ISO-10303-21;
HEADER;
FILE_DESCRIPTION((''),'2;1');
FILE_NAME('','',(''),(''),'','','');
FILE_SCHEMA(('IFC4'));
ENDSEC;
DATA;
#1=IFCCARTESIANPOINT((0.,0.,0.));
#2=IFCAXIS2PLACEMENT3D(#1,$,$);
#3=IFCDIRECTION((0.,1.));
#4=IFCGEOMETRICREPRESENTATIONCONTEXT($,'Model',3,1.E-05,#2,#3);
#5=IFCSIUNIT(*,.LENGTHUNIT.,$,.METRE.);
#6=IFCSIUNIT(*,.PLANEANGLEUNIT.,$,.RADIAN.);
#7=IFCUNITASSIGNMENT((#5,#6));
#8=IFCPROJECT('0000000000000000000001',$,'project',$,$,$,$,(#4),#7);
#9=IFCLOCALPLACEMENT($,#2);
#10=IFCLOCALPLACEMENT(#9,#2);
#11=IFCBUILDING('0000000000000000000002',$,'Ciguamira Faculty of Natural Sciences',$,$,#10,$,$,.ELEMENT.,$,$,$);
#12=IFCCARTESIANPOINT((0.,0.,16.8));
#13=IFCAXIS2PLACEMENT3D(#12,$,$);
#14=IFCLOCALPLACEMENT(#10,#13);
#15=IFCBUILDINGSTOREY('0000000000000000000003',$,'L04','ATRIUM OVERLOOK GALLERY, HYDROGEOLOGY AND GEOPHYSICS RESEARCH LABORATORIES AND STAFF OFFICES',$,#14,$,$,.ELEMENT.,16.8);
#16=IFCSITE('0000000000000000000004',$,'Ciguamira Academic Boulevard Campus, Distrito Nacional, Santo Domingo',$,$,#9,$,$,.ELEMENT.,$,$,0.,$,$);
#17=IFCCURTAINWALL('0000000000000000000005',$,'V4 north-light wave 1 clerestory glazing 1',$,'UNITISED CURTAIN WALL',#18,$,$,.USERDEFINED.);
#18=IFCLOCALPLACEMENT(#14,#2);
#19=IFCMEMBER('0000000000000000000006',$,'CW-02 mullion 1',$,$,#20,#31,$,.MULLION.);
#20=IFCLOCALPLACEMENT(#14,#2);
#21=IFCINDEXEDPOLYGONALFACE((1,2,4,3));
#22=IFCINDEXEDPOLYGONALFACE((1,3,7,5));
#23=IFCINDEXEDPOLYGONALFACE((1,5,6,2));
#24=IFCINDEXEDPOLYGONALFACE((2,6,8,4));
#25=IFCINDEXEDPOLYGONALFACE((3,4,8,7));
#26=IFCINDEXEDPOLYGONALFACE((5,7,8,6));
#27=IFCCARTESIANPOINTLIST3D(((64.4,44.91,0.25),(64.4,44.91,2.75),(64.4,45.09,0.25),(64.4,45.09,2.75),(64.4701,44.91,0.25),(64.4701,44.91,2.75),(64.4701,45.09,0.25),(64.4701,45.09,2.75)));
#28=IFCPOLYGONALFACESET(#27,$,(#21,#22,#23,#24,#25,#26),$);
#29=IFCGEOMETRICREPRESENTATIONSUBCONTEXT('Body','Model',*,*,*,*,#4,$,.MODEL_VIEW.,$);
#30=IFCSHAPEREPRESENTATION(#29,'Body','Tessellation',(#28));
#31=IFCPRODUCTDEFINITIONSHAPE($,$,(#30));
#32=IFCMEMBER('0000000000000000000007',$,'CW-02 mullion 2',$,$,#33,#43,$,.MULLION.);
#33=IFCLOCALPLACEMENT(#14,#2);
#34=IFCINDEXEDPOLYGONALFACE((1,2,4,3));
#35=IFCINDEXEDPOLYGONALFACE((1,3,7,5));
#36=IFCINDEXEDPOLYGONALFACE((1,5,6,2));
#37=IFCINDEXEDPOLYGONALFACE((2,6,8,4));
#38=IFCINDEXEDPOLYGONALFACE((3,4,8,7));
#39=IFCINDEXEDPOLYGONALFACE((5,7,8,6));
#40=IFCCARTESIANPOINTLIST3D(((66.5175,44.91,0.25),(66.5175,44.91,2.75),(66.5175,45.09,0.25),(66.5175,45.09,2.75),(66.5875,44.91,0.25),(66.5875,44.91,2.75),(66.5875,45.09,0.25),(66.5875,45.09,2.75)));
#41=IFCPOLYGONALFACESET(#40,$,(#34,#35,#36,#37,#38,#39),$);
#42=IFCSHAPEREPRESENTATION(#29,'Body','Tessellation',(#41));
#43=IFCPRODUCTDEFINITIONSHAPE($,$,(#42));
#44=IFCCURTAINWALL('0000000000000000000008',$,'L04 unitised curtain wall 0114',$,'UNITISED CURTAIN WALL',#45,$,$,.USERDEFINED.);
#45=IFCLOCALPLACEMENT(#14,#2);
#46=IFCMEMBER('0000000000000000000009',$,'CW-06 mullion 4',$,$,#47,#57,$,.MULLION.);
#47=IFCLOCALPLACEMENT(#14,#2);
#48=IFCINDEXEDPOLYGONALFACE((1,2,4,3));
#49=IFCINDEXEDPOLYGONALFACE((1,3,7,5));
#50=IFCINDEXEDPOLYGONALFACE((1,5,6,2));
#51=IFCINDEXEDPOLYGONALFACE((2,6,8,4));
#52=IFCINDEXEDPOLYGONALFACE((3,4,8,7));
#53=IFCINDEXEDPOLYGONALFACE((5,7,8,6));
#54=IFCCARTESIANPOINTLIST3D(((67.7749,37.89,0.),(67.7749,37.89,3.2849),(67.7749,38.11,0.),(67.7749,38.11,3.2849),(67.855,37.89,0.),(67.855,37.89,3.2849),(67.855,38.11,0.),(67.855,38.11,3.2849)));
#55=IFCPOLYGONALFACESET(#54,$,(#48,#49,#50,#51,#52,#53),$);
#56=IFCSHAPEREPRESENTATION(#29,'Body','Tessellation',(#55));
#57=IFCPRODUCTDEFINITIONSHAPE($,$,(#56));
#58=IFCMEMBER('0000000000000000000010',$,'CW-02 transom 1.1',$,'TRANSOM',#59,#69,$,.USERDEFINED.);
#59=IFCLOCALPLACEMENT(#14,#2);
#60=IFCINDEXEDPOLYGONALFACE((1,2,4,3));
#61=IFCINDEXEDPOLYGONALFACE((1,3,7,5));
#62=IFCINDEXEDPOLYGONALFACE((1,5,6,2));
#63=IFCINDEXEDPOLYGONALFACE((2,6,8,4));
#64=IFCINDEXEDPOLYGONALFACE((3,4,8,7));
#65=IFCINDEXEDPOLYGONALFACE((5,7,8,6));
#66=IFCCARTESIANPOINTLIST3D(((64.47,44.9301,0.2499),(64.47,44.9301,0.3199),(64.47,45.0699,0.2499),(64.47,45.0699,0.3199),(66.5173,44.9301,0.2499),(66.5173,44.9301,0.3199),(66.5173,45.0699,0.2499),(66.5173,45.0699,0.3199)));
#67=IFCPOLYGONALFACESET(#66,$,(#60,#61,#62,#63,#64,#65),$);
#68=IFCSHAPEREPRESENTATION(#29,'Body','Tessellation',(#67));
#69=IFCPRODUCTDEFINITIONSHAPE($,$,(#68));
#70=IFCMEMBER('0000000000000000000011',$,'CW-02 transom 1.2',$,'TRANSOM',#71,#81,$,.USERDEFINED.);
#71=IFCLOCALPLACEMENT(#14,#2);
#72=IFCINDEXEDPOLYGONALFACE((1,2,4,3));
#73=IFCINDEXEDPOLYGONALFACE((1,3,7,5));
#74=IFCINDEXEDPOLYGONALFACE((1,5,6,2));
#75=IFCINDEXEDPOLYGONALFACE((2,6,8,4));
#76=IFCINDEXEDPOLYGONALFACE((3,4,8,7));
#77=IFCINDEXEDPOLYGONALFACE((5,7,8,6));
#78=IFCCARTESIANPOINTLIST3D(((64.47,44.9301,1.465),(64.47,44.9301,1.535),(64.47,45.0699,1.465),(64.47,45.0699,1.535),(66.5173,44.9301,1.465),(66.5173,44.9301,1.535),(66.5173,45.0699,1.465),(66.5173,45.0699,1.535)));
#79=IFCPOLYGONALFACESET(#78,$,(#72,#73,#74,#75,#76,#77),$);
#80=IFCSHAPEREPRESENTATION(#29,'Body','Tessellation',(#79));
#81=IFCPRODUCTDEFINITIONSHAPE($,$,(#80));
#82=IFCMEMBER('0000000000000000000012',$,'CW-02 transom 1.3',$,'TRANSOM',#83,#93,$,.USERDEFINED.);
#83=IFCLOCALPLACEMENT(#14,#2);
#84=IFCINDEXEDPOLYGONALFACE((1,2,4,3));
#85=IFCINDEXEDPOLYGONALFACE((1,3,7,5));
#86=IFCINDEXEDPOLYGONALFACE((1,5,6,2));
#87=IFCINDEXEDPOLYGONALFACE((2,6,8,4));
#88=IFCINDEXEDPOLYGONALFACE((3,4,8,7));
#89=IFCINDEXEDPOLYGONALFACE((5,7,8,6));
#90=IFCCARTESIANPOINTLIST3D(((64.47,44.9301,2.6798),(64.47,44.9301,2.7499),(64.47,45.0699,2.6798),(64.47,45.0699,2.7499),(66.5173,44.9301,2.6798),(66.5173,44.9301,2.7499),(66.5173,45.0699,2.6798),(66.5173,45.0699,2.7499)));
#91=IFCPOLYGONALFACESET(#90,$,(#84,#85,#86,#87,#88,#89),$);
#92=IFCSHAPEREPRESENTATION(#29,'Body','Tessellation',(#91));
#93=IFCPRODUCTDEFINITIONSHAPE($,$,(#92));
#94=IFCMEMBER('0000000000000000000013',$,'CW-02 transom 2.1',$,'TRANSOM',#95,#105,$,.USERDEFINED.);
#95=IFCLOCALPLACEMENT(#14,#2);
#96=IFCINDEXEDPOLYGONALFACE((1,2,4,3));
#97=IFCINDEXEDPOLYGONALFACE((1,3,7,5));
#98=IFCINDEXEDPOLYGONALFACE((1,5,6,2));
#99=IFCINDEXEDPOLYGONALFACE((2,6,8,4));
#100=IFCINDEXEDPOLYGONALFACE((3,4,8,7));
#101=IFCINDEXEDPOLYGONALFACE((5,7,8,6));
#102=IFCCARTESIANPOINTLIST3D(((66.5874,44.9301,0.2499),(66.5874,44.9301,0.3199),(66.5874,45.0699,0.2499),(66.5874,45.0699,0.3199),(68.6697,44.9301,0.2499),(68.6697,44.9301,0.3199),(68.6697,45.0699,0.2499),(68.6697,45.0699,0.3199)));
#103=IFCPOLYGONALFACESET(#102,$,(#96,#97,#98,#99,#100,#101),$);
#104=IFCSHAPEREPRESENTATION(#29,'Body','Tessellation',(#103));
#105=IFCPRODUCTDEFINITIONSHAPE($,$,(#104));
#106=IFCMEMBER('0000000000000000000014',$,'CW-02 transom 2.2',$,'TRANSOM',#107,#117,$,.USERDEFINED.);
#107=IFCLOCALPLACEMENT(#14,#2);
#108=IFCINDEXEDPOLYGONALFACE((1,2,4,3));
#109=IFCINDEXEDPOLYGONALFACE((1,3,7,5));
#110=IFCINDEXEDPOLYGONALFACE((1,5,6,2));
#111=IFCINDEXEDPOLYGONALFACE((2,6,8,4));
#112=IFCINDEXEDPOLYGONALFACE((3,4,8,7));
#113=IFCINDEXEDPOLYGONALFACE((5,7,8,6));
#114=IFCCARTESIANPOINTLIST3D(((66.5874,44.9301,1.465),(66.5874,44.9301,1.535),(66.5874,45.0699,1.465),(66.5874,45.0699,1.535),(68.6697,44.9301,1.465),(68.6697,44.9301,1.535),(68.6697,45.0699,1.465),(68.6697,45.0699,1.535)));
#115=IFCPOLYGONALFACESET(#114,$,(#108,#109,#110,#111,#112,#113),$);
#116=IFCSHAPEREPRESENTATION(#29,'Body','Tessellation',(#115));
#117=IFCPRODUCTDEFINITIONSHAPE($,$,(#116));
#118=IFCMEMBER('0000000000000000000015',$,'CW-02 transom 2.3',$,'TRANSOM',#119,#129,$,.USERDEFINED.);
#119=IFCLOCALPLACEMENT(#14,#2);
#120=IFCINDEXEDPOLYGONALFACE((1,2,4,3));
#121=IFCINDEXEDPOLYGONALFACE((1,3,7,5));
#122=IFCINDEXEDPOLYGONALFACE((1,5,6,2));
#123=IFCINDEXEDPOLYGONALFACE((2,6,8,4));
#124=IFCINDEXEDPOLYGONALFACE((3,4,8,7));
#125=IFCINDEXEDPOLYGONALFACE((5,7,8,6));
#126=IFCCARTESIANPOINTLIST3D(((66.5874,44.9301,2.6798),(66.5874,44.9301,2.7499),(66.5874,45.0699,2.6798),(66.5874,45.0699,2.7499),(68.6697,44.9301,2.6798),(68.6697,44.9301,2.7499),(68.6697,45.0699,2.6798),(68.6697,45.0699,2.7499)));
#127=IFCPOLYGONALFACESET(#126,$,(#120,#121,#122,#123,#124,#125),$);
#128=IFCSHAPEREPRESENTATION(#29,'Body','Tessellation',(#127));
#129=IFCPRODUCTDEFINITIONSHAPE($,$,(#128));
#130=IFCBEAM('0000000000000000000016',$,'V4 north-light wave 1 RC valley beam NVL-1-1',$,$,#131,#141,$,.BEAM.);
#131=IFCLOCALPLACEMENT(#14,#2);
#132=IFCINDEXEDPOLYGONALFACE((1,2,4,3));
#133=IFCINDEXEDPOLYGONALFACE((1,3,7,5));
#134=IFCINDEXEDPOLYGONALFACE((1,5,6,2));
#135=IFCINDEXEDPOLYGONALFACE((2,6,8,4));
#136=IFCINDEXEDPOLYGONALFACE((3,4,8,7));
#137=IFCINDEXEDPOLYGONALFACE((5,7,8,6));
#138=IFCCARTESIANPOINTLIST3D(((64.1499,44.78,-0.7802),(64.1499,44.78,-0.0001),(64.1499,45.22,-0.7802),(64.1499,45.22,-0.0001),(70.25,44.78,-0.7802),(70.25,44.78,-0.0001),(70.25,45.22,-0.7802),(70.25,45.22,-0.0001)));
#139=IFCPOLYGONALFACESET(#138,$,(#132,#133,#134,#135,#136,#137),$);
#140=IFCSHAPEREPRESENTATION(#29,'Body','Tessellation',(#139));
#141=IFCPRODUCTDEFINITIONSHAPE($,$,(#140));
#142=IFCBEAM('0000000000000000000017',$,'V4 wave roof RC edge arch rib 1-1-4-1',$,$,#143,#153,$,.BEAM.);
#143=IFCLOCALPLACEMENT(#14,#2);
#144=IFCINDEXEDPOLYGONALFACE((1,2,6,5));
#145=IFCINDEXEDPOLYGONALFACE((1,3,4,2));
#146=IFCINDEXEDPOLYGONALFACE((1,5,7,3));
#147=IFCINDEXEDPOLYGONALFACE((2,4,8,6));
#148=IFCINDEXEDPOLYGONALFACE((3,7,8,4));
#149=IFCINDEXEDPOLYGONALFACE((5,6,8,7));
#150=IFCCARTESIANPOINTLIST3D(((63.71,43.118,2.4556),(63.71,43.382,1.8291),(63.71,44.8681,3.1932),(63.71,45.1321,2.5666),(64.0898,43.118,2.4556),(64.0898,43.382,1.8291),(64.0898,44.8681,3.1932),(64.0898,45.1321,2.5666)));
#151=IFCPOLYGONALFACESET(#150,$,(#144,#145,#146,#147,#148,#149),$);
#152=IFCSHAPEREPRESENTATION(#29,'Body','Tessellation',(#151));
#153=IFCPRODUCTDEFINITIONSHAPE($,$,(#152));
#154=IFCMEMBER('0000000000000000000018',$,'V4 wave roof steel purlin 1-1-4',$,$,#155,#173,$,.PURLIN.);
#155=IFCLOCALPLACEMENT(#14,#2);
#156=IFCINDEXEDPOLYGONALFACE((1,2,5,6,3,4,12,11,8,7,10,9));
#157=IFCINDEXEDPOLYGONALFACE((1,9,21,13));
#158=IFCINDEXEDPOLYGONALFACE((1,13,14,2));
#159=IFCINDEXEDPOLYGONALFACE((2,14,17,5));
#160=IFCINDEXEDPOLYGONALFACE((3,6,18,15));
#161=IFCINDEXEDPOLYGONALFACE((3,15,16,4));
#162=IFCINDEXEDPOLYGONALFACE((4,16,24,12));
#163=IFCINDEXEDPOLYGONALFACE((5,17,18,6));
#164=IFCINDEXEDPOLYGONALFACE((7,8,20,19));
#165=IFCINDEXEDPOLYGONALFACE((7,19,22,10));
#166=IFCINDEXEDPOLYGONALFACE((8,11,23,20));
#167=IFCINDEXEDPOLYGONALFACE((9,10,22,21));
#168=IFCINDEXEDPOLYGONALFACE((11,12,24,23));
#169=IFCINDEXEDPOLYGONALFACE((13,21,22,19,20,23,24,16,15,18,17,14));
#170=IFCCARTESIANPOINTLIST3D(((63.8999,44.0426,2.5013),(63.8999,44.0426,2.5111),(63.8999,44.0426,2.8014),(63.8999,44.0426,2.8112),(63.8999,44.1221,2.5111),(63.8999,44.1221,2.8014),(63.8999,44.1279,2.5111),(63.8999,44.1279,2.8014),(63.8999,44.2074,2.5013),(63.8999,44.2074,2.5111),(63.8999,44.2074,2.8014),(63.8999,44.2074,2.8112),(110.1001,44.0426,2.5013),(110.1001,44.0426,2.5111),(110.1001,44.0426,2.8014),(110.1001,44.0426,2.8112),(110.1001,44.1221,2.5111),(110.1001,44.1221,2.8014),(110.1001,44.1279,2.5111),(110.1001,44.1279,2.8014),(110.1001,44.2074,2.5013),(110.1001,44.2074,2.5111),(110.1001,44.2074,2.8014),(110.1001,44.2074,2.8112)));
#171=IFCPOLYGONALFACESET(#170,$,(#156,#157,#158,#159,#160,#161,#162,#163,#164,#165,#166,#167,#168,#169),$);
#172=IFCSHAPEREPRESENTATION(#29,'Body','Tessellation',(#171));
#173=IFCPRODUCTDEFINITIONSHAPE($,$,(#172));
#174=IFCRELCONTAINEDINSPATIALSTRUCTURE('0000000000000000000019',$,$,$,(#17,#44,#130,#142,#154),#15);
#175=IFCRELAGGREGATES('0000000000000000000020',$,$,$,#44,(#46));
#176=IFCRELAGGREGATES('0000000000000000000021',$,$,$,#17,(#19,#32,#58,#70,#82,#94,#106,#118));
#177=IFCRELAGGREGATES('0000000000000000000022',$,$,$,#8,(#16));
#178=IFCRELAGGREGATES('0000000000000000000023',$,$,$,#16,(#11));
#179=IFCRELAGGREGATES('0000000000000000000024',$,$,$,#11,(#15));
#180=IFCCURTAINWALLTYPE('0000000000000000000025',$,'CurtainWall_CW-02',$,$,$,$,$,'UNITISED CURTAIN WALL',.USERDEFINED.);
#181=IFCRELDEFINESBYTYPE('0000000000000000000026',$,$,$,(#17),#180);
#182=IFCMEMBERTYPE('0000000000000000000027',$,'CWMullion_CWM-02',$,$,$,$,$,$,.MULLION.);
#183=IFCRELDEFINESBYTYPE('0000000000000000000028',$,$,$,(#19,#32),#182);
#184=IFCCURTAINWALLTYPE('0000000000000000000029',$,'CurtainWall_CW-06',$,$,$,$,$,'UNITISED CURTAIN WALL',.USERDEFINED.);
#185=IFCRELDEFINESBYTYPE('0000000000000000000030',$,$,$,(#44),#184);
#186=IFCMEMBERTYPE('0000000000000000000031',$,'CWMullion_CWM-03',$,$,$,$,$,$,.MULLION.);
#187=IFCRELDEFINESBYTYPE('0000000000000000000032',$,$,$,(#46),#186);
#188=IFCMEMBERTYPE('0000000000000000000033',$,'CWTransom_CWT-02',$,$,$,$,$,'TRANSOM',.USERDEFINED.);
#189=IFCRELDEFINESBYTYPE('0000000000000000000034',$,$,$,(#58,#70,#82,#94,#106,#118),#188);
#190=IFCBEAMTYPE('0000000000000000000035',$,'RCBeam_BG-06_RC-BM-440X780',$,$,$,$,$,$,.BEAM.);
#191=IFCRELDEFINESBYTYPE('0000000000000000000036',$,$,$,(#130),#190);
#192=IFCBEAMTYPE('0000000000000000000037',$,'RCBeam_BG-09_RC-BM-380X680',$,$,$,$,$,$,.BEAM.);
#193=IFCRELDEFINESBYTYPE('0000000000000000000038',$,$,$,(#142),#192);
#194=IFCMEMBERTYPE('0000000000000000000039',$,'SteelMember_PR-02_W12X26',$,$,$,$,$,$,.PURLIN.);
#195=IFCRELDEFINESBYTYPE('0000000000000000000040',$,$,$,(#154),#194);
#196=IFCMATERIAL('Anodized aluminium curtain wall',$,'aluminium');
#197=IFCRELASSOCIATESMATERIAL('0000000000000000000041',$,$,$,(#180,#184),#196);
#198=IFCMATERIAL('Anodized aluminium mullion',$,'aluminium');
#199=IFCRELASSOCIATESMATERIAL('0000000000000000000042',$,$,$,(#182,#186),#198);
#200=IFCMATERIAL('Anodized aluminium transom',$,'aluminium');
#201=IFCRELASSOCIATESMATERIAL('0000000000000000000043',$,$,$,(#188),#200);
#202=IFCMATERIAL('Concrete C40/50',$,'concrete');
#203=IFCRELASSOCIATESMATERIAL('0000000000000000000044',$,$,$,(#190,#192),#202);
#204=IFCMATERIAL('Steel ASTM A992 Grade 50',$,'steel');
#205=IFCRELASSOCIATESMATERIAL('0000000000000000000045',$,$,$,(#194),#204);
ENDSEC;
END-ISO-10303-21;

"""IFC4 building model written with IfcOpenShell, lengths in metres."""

from ifc_helpers import new_model, si_unit, direction, frame, origin, origin_2d, place, context, subcontext, project, spatial, rectangle, i_section, extrude, material, material_profile, profile_set, type_object, element, aggregate, save


model = new_model("IFC4")

# Units and contexts
model_context = context("Model", 3, precision=1e-05, world=origin(), true_north=direction((0.0, 1.0)))
body_context = subcontext(model_context, "Body", "Model", "MODEL_VIEW")
ifc_project = project(units=[si_unit("LENGTHUNIT", "METRE"), si_unit("PLANEANGLEUNIT", "RADIAN")], contexts=[model_context])

# Site, building, storey
site_placement = place(None, origin())
site = spatial("IfcSite", under=ifc_project, at=site_placement, Name="Ciguamira Academic Boulevard Campus, Distrito Nacional, Santo Domingo", CompositionType="ELEMENT", RefElevation=0.0)
building_placement = place(site_placement, origin())
building = spatial("IfcBuilding", under=site, at=building_placement, Name="Ciguamira Faculty of Natural Sciences", CompositionType="ELEMENT")
storey_placement = place(building_placement, frame((0.0, 0.0, 16.8)))
storey = spatial("IfcBuildingStorey", under=building, at=storey_placement, Name="L04", Description="ATRIUM OVERLOOK GALLERY, HYDROGEOLOGY AND GEOPHYSICS RESEARCH LABORATORIES AND STAFF OFFICES", CompositionType="ELEMENT", Elevation=16.8)

# Curtain wall, members
ifc_material_1 = material(Name="Anodized aluminium curtain wall", Category="aluminium")
curtain_wall_type_1 = type_object("IfcCurtainWallType", Name="CurtainWall_CW-02", ElementType="UNITISED CURTAIN WALL", PredefinedType="USERDEFINED", material=ifc_material_1)
curtain_wall_1_placement = place(storey_placement, origin())
curtain_wall_1 = element("IfcCurtainWall", 1, at=curtain_wall_1_placement, inside=storey, type_object=curtain_wall_type_1, Name="V4 north-light wave 1 clerestory glazing 1", ObjectType="UNITISED CURTAIN WALL", PredefinedType="USERDEFINED")
ifc_material_2 = material(Name="Anodized aluminium mullion", Category="aluminium")
ifc_material_profile_1 = material_profile(ifc_material_2, rectangle(XDim=0.0701, YDim=0.1799, at=origin_2d()), Name="ALU-MUL-70X180")
ifc_profile_set_1 = profile_set([ifc_material_profile_1], Name="Anodized aluminium mullion")
member_type_1 = type_object("IfcMemberType", Name="CWMullion_CWM-02", PredefinedType="MULLION", material=ifc_profile_set_1)
member_1_placement = place(storey_placement, frame((64.4351, 45.0, 0.25), z_axis=(0.0, 0.0, 1.0), x_axis=(1.0, 0.0, 0.0)))
member_1 = element("IfcMember", 2, at=member_1_placement, type_object=member_type_1, Name="CW-02 mullion 1", PredefinedType="MULLION", context=body_context, shape_type="SweptSolid", body=[
    extrude(rectangle(XDim=0.0701, YDim=0.1799, at=origin_2d()), origin(), (0.0, 0.0, 1.0), 2.5),
])
member_2_placement = place(storey_placement, frame((66.5525, 45.0, 0.25), z_axis=(0.0, 0.0, 1.0), x_axis=(1.0, 0.0, 0.0)))
member_2 = element("IfcMember", 3, at=member_2_placement, type_object=member_type_1, Name="CW-02 mullion 2", PredefinedType="MULLION", context=body_context, shape_type="SweptSolid", body=[
    extrude(rectangle(XDim=0.0701, YDim=0.1799, at=origin_2d()), origin(), (0.0, 0.0, 1.0), 2.5),
])

# Curtain wall, member
curtain_wall_type_2 = type_object("IfcCurtainWallType", Name="CurtainWall_CW-06", ElementType="UNITISED CURTAIN WALL", PredefinedType="USERDEFINED", material=ifc_material_1)
curtain_wall_2_placement = place(storey_placement, origin())
curtain_wall_2 = element("IfcCurtainWall", 4, at=curtain_wall_2_placement, inside=storey, type_object=curtain_wall_type_2, Name="L04 unitised curtain wall 0114", ObjectType="UNITISED CURTAIN WALL", PredefinedType="USERDEFINED")
ifc_material_profile_2 = material_profile(ifc_material_2, rectangle(XDim=0.0801, YDim=0.22, at=origin_2d()), Name="ALU-MUL-80X220")
ifc_profile_set_2 = profile_set([ifc_material_profile_2], Name="Anodized aluminium mullion")
member_type_2 = type_object("IfcMemberType", Name="CWMullion_CWM-03", PredefinedType="MULLION", material=ifc_profile_set_2)
member_3_placement = place(storey_placement, frame((67.8149, 38.0, 0.0), z_axis=(0.0, 0.0, 1.0), x_axis=(1.0, 0.0, 0.0)))
member_3 = element("IfcMember", 5, at=member_3_placement, type_object=member_type_2, Name="CW-06 mullion 4", PredefinedType="MULLION", context=body_context, shape_type="SweptSolid", body=[
    extrude(rectangle(XDim=0.0801, YDim=0.22, at=origin_2d()), origin(), (0.0, 0.0, 1.0), 3.2849),
])

# Members
ifc_material_3 = material(Name="Anodized aluminium transom", Category="aluminium")
ifc_material_profile_3 = material_profile(ifc_material_3, rectangle(XDim=0.0701, YDim=0.1399, at=origin_2d()), Name="ALU-TRN-70X140")
ifc_profile_set_3 = profile_set([ifc_material_profile_3], Name="Anodized aluminium transom")
member_type_3 = type_object("IfcMemberType", Name="CWTransom_CWT-02", ElementType="TRANSOM", PredefinedType="USERDEFINED", material=ifc_profile_set_3)
member_4_placement = place(storey_placement, frame((64.47, 45.0, 0.2849), z_axis=(1.0, 0.0, 0.0), x_axis=(0.0, 0.0, 1.0)))
member_4 = element("IfcMember", 6, at=member_4_placement, type_object=member_type_3, Name="CW-02 transom 1.1", ObjectType="TRANSOM", PredefinedType="USERDEFINED", context=body_context, shape_type="SweptSolid", body=[
    extrude(rectangle(XDim=0.0701, YDim=0.1399, at=origin_2d()), origin(), (0.0, 0.0, 1.0), 2.0474),
])
member_5_placement = place(storey_placement, frame((64.47, 45.0, 1.5), z_axis=(1.0, 0.0, 0.0), x_axis=(0.0, 0.0, 1.0)))
member_5 = element("IfcMember", 7, at=member_5_placement, type_object=member_type_3, Name="CW-02 transom 1.2", ObjectType="TRANSOM", PredefinedType="USERDEFINED", context=body_context, shape_type="SweptSolid", body=[
    extrude(rectangle(XDim=0.0701, YDim=0.1399, at=origin_2d()), origin(), (0.0, 0.0, 1.0), 2.0474),
])
member_6_placement = place(storey_placement, frame((64.47, 45.0, 2.7148), z_axis=(1.0, 0.0, 0.0), x_axis=(0.0, 0.0, 1.0)))
member_6 = element("IfcMember", 8, at=member_6_placement, type_object=member_type_3, Name="CW-02 transom 1.3", ObjectType="TRANSOM", PredefinedType="USERDEFINED", context=body_context, shape_type="SweptSolid", body=[
    extrude(rectangle(XDim=0.0701, YDim=0.1399, at=origin_2d()), origin(), (0.0, 0.0, 1.0), 2.0474),
])
member_7_placement = place(storey_placement, frame((66.5874, 45.0, 0.2849), z_axis=(1.0, 0.0, 0.0), x_axis=(0.0, 0.0, 1.0)))
member_7 = element("IfcMember", 9, at=member_7_placement, type_object=member_type_3, Name="CW-02 transom 2.1", ObjectType="TRANSOM", PredefinedType="USERDEFINED", context=body_context, shape_type="SweptSolid", body=[
    extrude(rectangle(XDim=0.0701, YDim=0.1399, at=origin_2d()), origin(), (0.0, 0.0, 1.0), 2.0823),
])
member_8_placement = place(storey_placement, frame((66.5874, 45.0, 1.5), z_axis=(1.0, 0.0, 0.0), x_axis=(0.0, 0.0, 1.0)))
member_8 = element("IfcMember", 10, at=member_8_placement, type_object=member_type_3, Name="CW-02 transom 2.2", ObjectType="TRANSOM", PredefinedType="USERDEFINED", context=body_context, shape_type="SweptSolid", body=[
    extrude(rectangle(XDim=0.0701, YDim=0.1399, at=origin_2d()), origin(), (0.0, 0.0, 1.0), 2.0823),
])
member_9_placement = place(storey_placement, frame((66.5874, 45.0, 2.7148), z_axis=(1.0, 0.0, 0.0), x_axis=(0.0, 0.0, 1.0)))
member_9 = element("IfcMember", 11, at=member_9_placement, type_object=member_type_3, Name="CW-02 transom 2.3", ObjectType="TRANSOM", PredefinedType="USERDEFINED", context=body_context, shape_type="SweptSolid", body=[
    extrude(rectangle(XDim=0.0701, YDim=0.1399, at=origin_2d()), origin(), (0.0, 0.0, 1.0), 2.0823),
])

# Beams
ifc_material_4 = material(Name="Concrete C40/50", Category="concrete")
ifc_material_profile_4 = material_profile(ifc_material_4, rectangle(XDim=0.4399, YDim=0.78, at=origin_2d()), Name="RC-BM-440X780")
ifc_profile_set_4 = profile_set([ifc_material_profile_4], Name="Concrete C40/50")
beam_type_1 = type_object("IfcBeamType", Name="RCBeam_BG-06_RC-BM-440X780", PredefinedType="BEAM", material=ifc_profile_set_4)
beam_1_placement = place(storey_placement, frame((64.1499, 45.0, -0.3901), z_axis=(1.0, 0.0, 0.0), x_axis=(0.0, 1.0, 0.0)))
element("IfcBeam", 12, at=beam_1_placement, inside=storey, type_object=beam_type_1, Name="V4 north-light wave 1 RC valley beam NVL-1-1", PredefinedType="BEAM", context=body_context, shape_type="SweptSolid", body=[
    extrude(rectangle(XDim=0.4399, YDim=0.78, at=origin_2d()), origin(), (0.0, 0.0, 1.0), 6.1001),
])
ifc_material_profile_5 = material_profile(ifc_material_4, rectangle(XDim=0.3799, YDim=0.6799, at=origin_2d()), Name="RC-BM-380X680")
ifc_profile_set_5 = profile_set([ifc_material_profile_5], Name="Concrete C40/50")
beam_type_2 = type_object("IfcBeamType", Name="RCBeam_BG-09_RC-BM-380X680", PredefinedType="BEAM", material=ifc_profile_set_5)
beam_2_placement = place(storey_placement, frame((63.8999, 43.25, 2.1423), z_axis=(0.0, 0.921502, 0.388373), x_axis=(-1.0, 0.0, 0.0)))
element("IfcBeam", 13, at=beam_2_placement, inside=storey, type_object=beam_type_2, Name="V4 wave roof RC edge arch rib 1-1-4-1", PredefinedType="BEAM", context=body_context, shape_type="SweptSolid", body=[
    extrude(rectangle(XDim=0.3799, YDim=0.6799, at=origin_2d()), origin(), (0.0, 0.0, 1.0), 1.8992),
])

# Member
ifc_material_5 = material(Name="Steel ASTM A992 Grade 50", Category="steel")
ifc_material_profile_6 = material_profile(ifc_material_5, i_section(OverallWidth=0.1648, OverallDepth=0.3098, WebThickness=0.0059, FlangeThickness=0.0098, at=origin_2d()), Name="W12X26")
ifc_profile_set_6 = profile_set([ifc_material_profile_6], Name="Steel ASTM A992 Grade 50")
member_type_4 = type_object("IfcMemberType", Name="SteelMember_PR-02_W12X26", PredefinedType="PURLIN", material=ifc_profile_set_6)
member_10_placement = place(storey_placement, frame((63.8999, 44.125, 2.6562), z_axis=(1.0, 0.0, 0.0), x_axis=(0.0, 1.0, 0.0)))
element("IfcMember", 14, at=member_10_placement, inside=storey, type_object=member_type_4, Name="V4 wave roof steel purlin 1-1-4", PredefinedType="PURLIN", context=body_context, shape_type="SweptSolid", body=[
    extrude(i_section(OverallWidth=0.1648, OverallDepth=0.3098, WebThickness=0.0059, FlangeThickness=0.0098, at=origin_2d()), origin(), (0.0, 0.0, 1.0), 46.2002),
])

aggregate(curtain_wall_2, [member_3])
aggregate(curtain_wall_1, [member_1, member_2, member_4, member_5, member_6, member_7, member_8, member_9])

save(model, "model.ifc")
